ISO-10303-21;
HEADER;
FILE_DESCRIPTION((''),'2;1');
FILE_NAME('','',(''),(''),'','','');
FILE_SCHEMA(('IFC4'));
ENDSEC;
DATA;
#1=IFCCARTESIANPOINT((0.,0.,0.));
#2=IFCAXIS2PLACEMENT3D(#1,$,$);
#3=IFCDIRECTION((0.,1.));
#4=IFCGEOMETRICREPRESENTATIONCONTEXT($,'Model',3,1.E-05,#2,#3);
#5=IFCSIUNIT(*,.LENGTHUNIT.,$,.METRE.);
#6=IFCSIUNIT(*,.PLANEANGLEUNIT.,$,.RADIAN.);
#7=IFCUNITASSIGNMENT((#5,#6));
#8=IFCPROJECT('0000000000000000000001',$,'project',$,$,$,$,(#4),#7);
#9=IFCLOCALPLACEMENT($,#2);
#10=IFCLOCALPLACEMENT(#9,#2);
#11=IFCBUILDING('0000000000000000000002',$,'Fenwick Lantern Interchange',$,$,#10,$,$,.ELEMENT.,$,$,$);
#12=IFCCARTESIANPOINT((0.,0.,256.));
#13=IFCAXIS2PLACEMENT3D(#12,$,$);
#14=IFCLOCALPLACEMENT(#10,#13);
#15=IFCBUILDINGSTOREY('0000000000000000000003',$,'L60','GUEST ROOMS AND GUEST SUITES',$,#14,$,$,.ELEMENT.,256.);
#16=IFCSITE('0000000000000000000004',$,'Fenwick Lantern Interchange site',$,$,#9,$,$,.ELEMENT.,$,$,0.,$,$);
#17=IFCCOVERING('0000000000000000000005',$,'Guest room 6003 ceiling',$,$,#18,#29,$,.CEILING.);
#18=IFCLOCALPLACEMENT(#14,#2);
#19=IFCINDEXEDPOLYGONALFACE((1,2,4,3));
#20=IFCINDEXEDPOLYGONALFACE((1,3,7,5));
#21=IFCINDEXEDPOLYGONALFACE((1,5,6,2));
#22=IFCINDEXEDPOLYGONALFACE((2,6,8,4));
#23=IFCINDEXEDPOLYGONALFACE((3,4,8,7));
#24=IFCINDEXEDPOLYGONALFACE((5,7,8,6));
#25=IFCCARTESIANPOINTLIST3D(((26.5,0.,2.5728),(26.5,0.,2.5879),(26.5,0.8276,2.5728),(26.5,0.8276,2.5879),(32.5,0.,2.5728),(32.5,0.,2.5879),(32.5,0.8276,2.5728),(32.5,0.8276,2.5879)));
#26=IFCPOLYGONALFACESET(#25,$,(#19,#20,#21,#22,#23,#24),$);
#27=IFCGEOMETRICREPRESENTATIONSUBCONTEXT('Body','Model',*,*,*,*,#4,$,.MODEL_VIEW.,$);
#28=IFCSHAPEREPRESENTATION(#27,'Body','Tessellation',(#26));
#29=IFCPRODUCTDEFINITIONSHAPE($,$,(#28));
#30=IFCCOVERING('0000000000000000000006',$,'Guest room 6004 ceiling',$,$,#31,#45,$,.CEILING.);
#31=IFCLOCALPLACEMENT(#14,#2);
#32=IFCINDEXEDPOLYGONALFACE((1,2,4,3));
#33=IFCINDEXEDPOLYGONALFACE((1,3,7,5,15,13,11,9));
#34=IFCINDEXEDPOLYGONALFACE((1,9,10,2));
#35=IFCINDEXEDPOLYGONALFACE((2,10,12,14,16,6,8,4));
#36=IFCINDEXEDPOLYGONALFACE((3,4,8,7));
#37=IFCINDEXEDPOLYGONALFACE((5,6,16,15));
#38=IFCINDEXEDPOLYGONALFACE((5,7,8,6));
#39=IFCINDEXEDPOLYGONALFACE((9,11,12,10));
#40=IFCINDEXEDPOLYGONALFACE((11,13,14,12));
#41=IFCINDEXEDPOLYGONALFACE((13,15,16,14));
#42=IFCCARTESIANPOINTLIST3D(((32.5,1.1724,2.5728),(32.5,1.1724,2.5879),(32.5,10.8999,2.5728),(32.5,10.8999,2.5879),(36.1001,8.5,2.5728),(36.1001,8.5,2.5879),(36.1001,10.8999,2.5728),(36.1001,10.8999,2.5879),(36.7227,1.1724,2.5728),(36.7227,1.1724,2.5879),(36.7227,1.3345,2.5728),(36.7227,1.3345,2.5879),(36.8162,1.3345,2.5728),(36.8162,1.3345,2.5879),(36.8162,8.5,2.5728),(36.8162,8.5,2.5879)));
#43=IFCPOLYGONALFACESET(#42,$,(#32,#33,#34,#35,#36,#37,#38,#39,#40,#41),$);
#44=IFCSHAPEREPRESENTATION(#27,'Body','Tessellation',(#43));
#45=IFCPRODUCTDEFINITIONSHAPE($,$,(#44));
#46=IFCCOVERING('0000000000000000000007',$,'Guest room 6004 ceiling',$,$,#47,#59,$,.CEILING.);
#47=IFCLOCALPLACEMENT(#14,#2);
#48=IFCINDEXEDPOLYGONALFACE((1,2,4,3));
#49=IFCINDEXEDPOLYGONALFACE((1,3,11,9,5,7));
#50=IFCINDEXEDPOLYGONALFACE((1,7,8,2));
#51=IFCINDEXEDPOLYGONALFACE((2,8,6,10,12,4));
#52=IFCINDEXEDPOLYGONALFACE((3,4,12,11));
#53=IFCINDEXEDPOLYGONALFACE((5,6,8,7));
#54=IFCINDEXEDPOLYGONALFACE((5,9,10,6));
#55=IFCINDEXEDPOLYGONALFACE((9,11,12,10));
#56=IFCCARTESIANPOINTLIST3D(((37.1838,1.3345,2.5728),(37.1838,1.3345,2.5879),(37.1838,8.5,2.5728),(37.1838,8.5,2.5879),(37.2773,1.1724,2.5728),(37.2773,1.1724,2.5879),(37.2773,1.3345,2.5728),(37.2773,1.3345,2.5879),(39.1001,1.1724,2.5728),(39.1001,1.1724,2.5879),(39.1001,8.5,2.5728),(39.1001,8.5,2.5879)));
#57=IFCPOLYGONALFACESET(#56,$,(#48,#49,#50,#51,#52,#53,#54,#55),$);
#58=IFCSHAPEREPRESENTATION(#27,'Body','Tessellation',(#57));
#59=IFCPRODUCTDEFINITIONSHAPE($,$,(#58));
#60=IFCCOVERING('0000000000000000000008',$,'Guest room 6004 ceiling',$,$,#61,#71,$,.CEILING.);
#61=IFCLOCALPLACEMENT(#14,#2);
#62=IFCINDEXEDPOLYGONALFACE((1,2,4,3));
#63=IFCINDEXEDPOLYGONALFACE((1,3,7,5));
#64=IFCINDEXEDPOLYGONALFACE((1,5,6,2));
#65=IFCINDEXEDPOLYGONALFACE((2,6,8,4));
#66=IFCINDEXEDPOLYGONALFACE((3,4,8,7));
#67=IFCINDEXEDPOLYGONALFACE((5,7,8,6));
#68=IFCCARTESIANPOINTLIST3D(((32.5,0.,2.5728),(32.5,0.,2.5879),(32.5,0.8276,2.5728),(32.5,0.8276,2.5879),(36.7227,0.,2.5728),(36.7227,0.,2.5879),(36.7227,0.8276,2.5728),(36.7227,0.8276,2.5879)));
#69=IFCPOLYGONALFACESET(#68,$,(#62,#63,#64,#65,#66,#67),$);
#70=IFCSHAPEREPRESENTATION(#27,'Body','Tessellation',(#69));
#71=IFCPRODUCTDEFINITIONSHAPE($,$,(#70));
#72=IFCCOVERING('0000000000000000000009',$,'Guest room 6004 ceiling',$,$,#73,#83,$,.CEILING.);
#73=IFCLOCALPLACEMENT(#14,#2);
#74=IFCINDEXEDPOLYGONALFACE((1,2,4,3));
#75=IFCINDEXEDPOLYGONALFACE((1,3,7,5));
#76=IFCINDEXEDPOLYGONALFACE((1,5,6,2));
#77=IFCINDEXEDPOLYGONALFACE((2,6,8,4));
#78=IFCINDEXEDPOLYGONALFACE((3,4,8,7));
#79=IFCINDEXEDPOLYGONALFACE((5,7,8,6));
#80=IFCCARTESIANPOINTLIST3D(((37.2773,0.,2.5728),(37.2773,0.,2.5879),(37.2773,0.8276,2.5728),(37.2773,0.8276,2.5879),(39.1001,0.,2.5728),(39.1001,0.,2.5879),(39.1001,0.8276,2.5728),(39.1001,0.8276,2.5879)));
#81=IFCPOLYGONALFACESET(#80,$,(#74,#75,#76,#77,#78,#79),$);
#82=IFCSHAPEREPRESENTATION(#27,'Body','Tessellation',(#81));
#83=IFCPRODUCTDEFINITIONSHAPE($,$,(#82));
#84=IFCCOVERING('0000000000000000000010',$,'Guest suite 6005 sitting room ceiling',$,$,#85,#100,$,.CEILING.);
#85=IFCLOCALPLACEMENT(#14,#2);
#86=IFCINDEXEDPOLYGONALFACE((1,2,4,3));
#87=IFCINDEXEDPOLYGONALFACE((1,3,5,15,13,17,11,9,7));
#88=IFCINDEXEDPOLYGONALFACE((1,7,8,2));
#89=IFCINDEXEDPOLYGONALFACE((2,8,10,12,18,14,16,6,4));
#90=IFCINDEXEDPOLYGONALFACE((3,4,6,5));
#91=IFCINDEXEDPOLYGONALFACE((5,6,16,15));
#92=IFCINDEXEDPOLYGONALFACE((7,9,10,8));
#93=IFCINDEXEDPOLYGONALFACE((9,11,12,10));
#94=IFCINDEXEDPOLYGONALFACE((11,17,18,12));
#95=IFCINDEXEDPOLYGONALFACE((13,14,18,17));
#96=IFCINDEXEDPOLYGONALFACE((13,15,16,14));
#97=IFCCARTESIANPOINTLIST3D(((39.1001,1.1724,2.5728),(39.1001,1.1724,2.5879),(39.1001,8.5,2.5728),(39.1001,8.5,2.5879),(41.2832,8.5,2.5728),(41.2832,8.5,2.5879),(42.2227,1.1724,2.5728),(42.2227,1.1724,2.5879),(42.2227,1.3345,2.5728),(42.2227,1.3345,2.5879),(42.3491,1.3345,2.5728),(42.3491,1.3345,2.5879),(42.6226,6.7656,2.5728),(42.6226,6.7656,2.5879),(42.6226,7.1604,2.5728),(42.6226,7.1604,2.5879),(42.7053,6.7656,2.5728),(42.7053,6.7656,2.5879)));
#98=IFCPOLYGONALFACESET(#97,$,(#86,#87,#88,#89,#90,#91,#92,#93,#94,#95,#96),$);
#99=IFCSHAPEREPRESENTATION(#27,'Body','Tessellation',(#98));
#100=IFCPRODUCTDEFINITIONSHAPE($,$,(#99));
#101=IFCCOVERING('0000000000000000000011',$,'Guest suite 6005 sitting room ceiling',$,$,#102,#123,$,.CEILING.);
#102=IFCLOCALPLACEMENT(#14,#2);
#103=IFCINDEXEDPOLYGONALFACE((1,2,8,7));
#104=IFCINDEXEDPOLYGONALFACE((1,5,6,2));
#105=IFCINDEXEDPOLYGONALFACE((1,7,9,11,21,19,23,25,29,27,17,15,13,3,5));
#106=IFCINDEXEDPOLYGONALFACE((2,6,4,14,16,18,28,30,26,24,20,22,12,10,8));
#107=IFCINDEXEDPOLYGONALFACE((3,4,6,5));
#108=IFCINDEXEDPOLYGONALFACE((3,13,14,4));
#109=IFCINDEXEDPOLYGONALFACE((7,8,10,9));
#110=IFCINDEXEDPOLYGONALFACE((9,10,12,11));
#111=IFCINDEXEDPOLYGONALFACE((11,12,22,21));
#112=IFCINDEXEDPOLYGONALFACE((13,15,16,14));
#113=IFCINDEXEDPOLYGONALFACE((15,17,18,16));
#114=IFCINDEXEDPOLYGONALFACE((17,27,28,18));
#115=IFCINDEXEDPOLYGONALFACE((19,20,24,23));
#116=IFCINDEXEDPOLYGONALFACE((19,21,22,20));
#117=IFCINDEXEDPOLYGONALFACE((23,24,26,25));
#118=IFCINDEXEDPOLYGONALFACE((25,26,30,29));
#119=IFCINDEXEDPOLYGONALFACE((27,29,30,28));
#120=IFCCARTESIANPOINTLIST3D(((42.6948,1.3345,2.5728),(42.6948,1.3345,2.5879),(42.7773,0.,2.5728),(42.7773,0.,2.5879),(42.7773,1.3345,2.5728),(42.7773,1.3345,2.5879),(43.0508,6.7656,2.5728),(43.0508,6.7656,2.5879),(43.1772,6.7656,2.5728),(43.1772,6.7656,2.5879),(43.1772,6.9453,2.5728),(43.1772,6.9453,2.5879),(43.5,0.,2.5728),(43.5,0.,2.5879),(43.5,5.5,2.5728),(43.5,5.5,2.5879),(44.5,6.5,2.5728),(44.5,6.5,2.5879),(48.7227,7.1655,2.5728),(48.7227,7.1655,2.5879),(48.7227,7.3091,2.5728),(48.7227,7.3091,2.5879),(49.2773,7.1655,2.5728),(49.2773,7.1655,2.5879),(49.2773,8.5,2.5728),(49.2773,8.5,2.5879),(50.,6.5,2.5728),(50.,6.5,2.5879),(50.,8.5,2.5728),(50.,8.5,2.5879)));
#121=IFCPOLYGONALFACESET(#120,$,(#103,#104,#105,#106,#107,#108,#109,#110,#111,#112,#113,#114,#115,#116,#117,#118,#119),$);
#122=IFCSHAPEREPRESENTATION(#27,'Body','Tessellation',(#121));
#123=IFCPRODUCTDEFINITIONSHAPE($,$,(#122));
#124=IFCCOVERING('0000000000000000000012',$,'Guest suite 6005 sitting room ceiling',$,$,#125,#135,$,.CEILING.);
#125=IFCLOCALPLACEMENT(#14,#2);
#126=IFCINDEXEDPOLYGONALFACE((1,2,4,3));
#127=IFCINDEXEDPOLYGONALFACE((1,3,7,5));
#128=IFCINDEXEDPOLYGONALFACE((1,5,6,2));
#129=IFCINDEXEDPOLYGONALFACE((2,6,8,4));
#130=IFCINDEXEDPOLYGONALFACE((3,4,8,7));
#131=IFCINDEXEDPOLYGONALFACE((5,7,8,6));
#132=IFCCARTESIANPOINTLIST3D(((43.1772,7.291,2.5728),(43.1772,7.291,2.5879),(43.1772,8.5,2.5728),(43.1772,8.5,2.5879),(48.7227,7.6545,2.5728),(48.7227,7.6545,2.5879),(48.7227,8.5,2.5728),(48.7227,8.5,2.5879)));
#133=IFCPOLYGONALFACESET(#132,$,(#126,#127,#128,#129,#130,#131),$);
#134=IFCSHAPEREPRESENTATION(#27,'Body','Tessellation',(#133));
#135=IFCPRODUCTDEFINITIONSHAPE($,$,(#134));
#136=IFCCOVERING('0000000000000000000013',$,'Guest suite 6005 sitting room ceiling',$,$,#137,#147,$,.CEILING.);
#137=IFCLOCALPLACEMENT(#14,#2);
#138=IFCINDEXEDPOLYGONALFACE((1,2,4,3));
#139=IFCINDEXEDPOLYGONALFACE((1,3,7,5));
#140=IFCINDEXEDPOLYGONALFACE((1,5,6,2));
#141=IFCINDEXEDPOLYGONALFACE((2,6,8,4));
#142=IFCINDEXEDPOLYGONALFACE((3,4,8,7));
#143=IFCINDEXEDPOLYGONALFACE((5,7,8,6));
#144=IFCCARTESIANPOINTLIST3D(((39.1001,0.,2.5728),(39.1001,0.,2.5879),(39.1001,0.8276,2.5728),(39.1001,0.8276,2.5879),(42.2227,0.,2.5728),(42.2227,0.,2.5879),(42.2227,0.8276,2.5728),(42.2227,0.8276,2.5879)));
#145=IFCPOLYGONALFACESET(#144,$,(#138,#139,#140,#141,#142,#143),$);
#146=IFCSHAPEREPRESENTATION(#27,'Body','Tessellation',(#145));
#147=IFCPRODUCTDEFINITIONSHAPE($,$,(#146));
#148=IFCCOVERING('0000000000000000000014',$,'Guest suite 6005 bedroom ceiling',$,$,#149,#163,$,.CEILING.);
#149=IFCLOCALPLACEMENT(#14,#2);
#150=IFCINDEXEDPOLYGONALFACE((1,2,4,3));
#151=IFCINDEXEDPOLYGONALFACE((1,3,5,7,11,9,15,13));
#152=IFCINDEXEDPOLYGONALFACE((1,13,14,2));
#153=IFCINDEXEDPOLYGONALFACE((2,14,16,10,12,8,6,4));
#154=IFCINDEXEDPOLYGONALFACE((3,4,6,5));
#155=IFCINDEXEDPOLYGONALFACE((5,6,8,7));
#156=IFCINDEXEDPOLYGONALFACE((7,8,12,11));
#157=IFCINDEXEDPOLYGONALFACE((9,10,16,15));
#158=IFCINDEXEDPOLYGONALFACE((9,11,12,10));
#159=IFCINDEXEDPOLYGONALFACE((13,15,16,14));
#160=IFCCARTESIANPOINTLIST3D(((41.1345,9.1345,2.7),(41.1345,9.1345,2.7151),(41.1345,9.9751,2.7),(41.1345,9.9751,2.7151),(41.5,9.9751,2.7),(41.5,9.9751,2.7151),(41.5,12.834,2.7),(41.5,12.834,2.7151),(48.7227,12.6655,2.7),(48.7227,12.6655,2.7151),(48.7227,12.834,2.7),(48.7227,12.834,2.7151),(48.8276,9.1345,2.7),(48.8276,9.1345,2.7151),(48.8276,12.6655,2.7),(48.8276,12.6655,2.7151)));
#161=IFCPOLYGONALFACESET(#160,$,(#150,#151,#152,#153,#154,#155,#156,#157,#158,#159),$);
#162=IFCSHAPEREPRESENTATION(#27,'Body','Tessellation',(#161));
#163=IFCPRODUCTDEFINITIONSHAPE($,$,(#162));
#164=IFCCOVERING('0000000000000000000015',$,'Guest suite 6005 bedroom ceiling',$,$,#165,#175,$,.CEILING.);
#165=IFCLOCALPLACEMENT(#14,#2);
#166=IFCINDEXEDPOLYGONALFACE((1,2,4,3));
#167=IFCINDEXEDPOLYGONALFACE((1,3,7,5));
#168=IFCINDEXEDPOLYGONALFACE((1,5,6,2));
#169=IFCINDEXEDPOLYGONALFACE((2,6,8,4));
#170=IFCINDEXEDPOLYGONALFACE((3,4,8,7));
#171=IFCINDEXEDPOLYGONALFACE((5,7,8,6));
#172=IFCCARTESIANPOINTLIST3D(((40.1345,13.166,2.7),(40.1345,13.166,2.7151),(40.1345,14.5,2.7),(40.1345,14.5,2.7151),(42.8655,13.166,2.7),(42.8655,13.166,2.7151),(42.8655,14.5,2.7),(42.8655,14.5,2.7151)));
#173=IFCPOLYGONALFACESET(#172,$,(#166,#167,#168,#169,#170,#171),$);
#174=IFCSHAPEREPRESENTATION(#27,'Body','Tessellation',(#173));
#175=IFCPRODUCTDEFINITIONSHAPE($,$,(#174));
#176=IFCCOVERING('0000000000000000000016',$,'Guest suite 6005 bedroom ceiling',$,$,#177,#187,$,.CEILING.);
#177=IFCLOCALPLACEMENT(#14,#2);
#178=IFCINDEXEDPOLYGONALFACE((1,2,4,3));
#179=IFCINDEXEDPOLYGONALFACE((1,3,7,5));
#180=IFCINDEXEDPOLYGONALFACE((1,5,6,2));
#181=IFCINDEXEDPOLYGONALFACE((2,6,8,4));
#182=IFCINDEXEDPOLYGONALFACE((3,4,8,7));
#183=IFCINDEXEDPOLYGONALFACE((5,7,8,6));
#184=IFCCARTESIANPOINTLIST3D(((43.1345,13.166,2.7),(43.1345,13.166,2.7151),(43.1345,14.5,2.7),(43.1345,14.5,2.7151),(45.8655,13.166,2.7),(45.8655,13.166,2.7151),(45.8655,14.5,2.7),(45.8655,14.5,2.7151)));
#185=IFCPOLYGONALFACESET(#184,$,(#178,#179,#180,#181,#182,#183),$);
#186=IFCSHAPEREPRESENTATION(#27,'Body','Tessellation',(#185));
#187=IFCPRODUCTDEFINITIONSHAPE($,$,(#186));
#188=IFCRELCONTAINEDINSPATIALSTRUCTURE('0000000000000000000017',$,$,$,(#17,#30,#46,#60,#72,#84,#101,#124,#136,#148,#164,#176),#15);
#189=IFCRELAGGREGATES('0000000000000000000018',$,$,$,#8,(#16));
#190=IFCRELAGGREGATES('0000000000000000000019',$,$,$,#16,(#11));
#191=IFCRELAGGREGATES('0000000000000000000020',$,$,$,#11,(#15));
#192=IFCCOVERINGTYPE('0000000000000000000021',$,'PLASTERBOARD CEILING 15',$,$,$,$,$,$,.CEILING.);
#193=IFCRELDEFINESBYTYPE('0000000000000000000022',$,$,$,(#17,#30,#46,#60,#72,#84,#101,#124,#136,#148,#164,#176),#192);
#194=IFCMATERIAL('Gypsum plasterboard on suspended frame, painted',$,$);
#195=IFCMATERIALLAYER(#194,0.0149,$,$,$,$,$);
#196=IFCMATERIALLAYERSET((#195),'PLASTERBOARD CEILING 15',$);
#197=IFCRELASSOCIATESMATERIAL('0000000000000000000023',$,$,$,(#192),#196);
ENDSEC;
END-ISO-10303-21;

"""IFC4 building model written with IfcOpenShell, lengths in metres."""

from ifc_helpers import new_model, si_unit, direction, frame, origin, place, context, subcontext, project, spatial, polyline, outline, extrude, material, layer, layer_set, type_object, element, save


model = new_model("IFC4")

# Units and contexts
model_context = context("Model", 3, precision=1e-05, world=origin(), true_north=direction((0.0, 1.0)))
body_context = subcontext(model_context, "Body", "Model", "MODEL_VIEW")
ifc_project = project(units=[si_unit("LENGTHUNIT", "METRE"), si_unit("PLANEANGLEUNIT", "RADIAN")], contexts=[model_context])

# Site, building, storey
site_placement = place(None, origin())
site = spatial("IfcSite", under=ifc_project, at=site_placement, Name="Fenwick Lantern Interchange site", CompositionType="ELEMENT", RefElevation=0.0)
building_placement = place(site_placement, origin())
building = spatial("IfcBuilding", under=site, at=building_placement, Name="Fenwick Lantern Interchange", CompositionType="ELEMENT")
storey_placement = place(building_placement, frame((0.0, 0.0, 256.0)))
storey = spatial("IfcBuildingStorey", under=building, at=storey_placement, Name="L60", Description="GUEST ROOMS AND GUEST SUITES", CompositionType="ELEMENT", Elevation=256.0)

# Coverings
ifc_material_1 = material(Name="Gypsum plasterboard on suspended frame, painted")
ifc_layer_1 = layer(ifc_material_1, 0.0149)
ifc_layer_set_1 = layer_set([ifc_layer_1], Name="PLASTERBOARD CEILING 15")
covering_type_1 = type_object("IfcCoveringType", Name="PLASTERBOARD CEILING 15", PredefinedType="CEILING", material=ifc_layer_set_1)
covering_1_placement = place(storey_placement, frame((0.0, 0.0, 2.5728)))
element("IfcCovering", 1, at=covering_1_placement, inside=storey, type_object=covering_type_1, Name="Guest room 6003 ceiling", PredefinedType="CEILING", context=body_context, shape_type="SweptSolid", body=[
    extrude(outline(polyline([(26.5, 0.0), (32.5, 0.0), (32.5, 0.8276), (26.5, 0.8276), (26.5, 0.0)])), origin(), (0.0, 0.0, 1.0), 0.0151),
])
covering_2_placement = place(storey_placement, frame((0.0, 0.0, 2.5728)))
element("IfcCovering", 2, at=covering_2_placement, inside=storey, type_object=covering_type_1, Name="Guest room 6004 ceiling", PredefinedType="CEILING", context=body_context, shape_type="SweptSolid", body=[
    extrude(outline(polyline([(36.7227, 1.3345), (36.8162, 1.3345), (36.8162, 8.5), (36.1001, 8.5), (36.1001, 10.8999), (32.5, 10.8999), (32.5, 1.1724), (36.7227, 1.1724), (36.7227, 1.3345)])), origin(), (0.0, 0.0, 1.0), 0.0151),
])
covering_3_placement = place(storey_placement, frame((0.0, 0.0, 2.5728)))
element("IfcCovering", 3, at=covering_3_placement, inside=storey, type_object=covering_type_1, Name="Guest room 6004 ceiling", PredefinedType="CEILING", context=body_context, shape_type="SweptSolid", body=[
    extrude(outline(polyline([(37.2773, 1.3345), (37.2773, 1.1724), (39.1001, 1.1724), (39.1001, 8.5), (37.1838, 8.5), (37.1838, 1.3345), (37.2773, 1.3345)])), origin(), (0.0, 0.0, 1.0), 0.0151),
])
covering_4_placement = place(storey_placement, frame((0.0, 0.0, 2.5728)))
element("IfcCovering", 4, at=covering_4_placement, inside=storey, type_object=covering_type_1, Name="Guest room 6004 ceiling", PredefinedType="CEILING", context=body_context, shape_type="SweptSolid", body=[
    extrude(outline(polyline([(36.7227, 0.0), (36.7227, 0.8276), (32.5, 0.8276), (32.5, 0.0), (36.7227, 0.0)])), origin(), (0.0, 0.0, 1.0), 0.0151),
])
covering_5_placement = place(storey_placement, frame((0.0, 0.0, 2.5728)))
element("IfcCovering", 5, at=covering_5_placement, inside=storey, type_object=covering_type_1, Name="Guest room 6004 ceiling", PredefinedType="CEILING", context=body_context, shape_type="SweptSolid", body=[
    extrude(outline(polyline([(37.2773, 0.8276), (37.2773, 0.0), (39.1001, 0.0), (39.1001, 0.8276), (37.2773, 0.8276)])), origin(), (0.0, 0.0, 1.0), 0.0151),
])
covering_6_placement = place(storey_placement, frame((0.0, 0.0, 2.5728)))
element("IfcCovering", 6, at=covering_6_placement, inside=storey, type_object=covering_type_1, Name="Guest suite 6005 sitting room ceiling", PredefinedType="CEILING", context=body_context, shape_type="SweptSolid", body=[
    extrude(outline(polyline([(42.2227, 1.3345), (42.3491, 1.3345), (42.7053, 6.7656), (42.6226, 6.7656), (42.6226, 7.1604), (41.2832, 8.5), (39.1001, 8.5), (39.1001, 1.1724), (42.2227, 1.1724), (42.2227, 1.3345)])), origin(), (0.0, 0.0, 1.0), 0.0151),
])
covering_7_placement = place(storey_placement, frame((0.0, 0.0, 2.5728)))
element("IfcCovering", 7, at=covering_7_placement, inside=storey, type_object=covering_type_1, Name="Guest suite 6005 sitting room ceiling", PredefinedType="CEILING", context=body_context, shape_type="SweptSolid", body=[
    extrude(outline(polyline([(42.7773, 1.3345), (42.7773, 0.0), (43.5, 0.0), (43.5, 5.5), (44.5, 6.5), (50.0, 6.5), (50.0, 8.5), (49.2773, 8.5), (49.2773, 7.1655), (48.7227, 7.1655), (48.7227, 7.3091), (43.1772, 6.9453), (43.1772, 6.7656), (43.0508, 6.7656), (42.6948, 1.3345), (42.7773, 1.3345)])), origin(), (0.0, 0.0, 1.0), 0.0151),
])
covering_8_placement = place(storey_placement, frame((0.0, 0.0, 2.5728)))
element("IfcCovering", 8, at=covering_8_placement, inside=storey, type_object=covering_type_1, Name="Guest suite 6005 sitting room ceiling", PredefinedType="CEILING", context=body_context, shape_type="SweptSolid", body=[
    extrude(outline(polyline([(43.1772, 8.5), (43.1772, 7.291), (48.7227, 7.6545), (48.7227, 8.5), (43.1772, 8.5)])), origin(), (0.0, 0.0, 1.0), 0.0151),
])
covering_9_placement = place(storey_placement, frame((0.0, 0.0, 2.5728)))
element("IfcCovering", 9, at=covering_9_placement, inside=storey, type_object=covering_type_1, Name="Guest suite 6005 sitting room ceiling", PredefinedType="CEILING", context=body_context, shape_type="SweptSolid", body=[
    extrude(outline(polyline([(42.2227, 0.0), (42.2227, 0.8276), (39.1001, 0.8276), (39.1001, 0.0), (42.2227, 0.0)])), origin(), (0.0, 0.0, 1.0), 0.0151),
])
covering_10_placement = place(storey_placement, frame((0.0, 0.0, 2.7)))
element("IfcCovering", 10, at=covering_10_placement, inside=storey, type_object=covering_type_1, Name="Guest suite 6005 bedroom ceiling", PredefinedType="CEILING", context=body_context, shape_type="SweptSolid", body=[
    extrude(outline(polyline([(48.7227, 12.6655), (48.7227, 12.834), (41.5, 12.834), (41.5, 9.9751), (41.1345, 9.9751), (41.1345, 9.1345), (48.8276, 9.1345), (48.8276, 12.6655), (48.7227, 12.6655)])), origin(), (0.0, 0.0, 1.0), 0.0151),
])
covering_11_placement = place(storey_placement, frame((0.0, 0.0, 2.7)))
element("IfcCovering", 11, at=covering_11_placement, inside=storey, type_object=covering_type_1, Name="Guest suite 6005 bedroom ceiling", PredefinedType="CEILING", context=body_context, shape_type="SweptSolid", body=[
    extrude(outline(polyline([(42.8655, 14.5), (40.1345, 14.5), (40.1345, 13.166), (42.8655, 13.166), (42.8655, 14.5)])), origin(), (0.0, 0.0, 1.0), 0.0151),
])
covering_12_placement = place(storey_placement, frame((0.0, 0.0, 2.7)))
element("IfcCovering", 12, at=covering_12_placement, inside=storey, type_object=covering_type_1, Name="Guest suite 6005 bedroom ceiling", PredefinedType="CEILING", context=body_context, shape_type="SweptSolid", body=[
    extrude(outline(polyline([(45.8655, 14.5), (43.1345, 14.5), (43.1345, 13.166), (45.8655, 13.166), (45.8655, 14.5)])), origin(), (0.0, 0.0, 1.0), 0.0151),
])

save(model, "model.ifc")
